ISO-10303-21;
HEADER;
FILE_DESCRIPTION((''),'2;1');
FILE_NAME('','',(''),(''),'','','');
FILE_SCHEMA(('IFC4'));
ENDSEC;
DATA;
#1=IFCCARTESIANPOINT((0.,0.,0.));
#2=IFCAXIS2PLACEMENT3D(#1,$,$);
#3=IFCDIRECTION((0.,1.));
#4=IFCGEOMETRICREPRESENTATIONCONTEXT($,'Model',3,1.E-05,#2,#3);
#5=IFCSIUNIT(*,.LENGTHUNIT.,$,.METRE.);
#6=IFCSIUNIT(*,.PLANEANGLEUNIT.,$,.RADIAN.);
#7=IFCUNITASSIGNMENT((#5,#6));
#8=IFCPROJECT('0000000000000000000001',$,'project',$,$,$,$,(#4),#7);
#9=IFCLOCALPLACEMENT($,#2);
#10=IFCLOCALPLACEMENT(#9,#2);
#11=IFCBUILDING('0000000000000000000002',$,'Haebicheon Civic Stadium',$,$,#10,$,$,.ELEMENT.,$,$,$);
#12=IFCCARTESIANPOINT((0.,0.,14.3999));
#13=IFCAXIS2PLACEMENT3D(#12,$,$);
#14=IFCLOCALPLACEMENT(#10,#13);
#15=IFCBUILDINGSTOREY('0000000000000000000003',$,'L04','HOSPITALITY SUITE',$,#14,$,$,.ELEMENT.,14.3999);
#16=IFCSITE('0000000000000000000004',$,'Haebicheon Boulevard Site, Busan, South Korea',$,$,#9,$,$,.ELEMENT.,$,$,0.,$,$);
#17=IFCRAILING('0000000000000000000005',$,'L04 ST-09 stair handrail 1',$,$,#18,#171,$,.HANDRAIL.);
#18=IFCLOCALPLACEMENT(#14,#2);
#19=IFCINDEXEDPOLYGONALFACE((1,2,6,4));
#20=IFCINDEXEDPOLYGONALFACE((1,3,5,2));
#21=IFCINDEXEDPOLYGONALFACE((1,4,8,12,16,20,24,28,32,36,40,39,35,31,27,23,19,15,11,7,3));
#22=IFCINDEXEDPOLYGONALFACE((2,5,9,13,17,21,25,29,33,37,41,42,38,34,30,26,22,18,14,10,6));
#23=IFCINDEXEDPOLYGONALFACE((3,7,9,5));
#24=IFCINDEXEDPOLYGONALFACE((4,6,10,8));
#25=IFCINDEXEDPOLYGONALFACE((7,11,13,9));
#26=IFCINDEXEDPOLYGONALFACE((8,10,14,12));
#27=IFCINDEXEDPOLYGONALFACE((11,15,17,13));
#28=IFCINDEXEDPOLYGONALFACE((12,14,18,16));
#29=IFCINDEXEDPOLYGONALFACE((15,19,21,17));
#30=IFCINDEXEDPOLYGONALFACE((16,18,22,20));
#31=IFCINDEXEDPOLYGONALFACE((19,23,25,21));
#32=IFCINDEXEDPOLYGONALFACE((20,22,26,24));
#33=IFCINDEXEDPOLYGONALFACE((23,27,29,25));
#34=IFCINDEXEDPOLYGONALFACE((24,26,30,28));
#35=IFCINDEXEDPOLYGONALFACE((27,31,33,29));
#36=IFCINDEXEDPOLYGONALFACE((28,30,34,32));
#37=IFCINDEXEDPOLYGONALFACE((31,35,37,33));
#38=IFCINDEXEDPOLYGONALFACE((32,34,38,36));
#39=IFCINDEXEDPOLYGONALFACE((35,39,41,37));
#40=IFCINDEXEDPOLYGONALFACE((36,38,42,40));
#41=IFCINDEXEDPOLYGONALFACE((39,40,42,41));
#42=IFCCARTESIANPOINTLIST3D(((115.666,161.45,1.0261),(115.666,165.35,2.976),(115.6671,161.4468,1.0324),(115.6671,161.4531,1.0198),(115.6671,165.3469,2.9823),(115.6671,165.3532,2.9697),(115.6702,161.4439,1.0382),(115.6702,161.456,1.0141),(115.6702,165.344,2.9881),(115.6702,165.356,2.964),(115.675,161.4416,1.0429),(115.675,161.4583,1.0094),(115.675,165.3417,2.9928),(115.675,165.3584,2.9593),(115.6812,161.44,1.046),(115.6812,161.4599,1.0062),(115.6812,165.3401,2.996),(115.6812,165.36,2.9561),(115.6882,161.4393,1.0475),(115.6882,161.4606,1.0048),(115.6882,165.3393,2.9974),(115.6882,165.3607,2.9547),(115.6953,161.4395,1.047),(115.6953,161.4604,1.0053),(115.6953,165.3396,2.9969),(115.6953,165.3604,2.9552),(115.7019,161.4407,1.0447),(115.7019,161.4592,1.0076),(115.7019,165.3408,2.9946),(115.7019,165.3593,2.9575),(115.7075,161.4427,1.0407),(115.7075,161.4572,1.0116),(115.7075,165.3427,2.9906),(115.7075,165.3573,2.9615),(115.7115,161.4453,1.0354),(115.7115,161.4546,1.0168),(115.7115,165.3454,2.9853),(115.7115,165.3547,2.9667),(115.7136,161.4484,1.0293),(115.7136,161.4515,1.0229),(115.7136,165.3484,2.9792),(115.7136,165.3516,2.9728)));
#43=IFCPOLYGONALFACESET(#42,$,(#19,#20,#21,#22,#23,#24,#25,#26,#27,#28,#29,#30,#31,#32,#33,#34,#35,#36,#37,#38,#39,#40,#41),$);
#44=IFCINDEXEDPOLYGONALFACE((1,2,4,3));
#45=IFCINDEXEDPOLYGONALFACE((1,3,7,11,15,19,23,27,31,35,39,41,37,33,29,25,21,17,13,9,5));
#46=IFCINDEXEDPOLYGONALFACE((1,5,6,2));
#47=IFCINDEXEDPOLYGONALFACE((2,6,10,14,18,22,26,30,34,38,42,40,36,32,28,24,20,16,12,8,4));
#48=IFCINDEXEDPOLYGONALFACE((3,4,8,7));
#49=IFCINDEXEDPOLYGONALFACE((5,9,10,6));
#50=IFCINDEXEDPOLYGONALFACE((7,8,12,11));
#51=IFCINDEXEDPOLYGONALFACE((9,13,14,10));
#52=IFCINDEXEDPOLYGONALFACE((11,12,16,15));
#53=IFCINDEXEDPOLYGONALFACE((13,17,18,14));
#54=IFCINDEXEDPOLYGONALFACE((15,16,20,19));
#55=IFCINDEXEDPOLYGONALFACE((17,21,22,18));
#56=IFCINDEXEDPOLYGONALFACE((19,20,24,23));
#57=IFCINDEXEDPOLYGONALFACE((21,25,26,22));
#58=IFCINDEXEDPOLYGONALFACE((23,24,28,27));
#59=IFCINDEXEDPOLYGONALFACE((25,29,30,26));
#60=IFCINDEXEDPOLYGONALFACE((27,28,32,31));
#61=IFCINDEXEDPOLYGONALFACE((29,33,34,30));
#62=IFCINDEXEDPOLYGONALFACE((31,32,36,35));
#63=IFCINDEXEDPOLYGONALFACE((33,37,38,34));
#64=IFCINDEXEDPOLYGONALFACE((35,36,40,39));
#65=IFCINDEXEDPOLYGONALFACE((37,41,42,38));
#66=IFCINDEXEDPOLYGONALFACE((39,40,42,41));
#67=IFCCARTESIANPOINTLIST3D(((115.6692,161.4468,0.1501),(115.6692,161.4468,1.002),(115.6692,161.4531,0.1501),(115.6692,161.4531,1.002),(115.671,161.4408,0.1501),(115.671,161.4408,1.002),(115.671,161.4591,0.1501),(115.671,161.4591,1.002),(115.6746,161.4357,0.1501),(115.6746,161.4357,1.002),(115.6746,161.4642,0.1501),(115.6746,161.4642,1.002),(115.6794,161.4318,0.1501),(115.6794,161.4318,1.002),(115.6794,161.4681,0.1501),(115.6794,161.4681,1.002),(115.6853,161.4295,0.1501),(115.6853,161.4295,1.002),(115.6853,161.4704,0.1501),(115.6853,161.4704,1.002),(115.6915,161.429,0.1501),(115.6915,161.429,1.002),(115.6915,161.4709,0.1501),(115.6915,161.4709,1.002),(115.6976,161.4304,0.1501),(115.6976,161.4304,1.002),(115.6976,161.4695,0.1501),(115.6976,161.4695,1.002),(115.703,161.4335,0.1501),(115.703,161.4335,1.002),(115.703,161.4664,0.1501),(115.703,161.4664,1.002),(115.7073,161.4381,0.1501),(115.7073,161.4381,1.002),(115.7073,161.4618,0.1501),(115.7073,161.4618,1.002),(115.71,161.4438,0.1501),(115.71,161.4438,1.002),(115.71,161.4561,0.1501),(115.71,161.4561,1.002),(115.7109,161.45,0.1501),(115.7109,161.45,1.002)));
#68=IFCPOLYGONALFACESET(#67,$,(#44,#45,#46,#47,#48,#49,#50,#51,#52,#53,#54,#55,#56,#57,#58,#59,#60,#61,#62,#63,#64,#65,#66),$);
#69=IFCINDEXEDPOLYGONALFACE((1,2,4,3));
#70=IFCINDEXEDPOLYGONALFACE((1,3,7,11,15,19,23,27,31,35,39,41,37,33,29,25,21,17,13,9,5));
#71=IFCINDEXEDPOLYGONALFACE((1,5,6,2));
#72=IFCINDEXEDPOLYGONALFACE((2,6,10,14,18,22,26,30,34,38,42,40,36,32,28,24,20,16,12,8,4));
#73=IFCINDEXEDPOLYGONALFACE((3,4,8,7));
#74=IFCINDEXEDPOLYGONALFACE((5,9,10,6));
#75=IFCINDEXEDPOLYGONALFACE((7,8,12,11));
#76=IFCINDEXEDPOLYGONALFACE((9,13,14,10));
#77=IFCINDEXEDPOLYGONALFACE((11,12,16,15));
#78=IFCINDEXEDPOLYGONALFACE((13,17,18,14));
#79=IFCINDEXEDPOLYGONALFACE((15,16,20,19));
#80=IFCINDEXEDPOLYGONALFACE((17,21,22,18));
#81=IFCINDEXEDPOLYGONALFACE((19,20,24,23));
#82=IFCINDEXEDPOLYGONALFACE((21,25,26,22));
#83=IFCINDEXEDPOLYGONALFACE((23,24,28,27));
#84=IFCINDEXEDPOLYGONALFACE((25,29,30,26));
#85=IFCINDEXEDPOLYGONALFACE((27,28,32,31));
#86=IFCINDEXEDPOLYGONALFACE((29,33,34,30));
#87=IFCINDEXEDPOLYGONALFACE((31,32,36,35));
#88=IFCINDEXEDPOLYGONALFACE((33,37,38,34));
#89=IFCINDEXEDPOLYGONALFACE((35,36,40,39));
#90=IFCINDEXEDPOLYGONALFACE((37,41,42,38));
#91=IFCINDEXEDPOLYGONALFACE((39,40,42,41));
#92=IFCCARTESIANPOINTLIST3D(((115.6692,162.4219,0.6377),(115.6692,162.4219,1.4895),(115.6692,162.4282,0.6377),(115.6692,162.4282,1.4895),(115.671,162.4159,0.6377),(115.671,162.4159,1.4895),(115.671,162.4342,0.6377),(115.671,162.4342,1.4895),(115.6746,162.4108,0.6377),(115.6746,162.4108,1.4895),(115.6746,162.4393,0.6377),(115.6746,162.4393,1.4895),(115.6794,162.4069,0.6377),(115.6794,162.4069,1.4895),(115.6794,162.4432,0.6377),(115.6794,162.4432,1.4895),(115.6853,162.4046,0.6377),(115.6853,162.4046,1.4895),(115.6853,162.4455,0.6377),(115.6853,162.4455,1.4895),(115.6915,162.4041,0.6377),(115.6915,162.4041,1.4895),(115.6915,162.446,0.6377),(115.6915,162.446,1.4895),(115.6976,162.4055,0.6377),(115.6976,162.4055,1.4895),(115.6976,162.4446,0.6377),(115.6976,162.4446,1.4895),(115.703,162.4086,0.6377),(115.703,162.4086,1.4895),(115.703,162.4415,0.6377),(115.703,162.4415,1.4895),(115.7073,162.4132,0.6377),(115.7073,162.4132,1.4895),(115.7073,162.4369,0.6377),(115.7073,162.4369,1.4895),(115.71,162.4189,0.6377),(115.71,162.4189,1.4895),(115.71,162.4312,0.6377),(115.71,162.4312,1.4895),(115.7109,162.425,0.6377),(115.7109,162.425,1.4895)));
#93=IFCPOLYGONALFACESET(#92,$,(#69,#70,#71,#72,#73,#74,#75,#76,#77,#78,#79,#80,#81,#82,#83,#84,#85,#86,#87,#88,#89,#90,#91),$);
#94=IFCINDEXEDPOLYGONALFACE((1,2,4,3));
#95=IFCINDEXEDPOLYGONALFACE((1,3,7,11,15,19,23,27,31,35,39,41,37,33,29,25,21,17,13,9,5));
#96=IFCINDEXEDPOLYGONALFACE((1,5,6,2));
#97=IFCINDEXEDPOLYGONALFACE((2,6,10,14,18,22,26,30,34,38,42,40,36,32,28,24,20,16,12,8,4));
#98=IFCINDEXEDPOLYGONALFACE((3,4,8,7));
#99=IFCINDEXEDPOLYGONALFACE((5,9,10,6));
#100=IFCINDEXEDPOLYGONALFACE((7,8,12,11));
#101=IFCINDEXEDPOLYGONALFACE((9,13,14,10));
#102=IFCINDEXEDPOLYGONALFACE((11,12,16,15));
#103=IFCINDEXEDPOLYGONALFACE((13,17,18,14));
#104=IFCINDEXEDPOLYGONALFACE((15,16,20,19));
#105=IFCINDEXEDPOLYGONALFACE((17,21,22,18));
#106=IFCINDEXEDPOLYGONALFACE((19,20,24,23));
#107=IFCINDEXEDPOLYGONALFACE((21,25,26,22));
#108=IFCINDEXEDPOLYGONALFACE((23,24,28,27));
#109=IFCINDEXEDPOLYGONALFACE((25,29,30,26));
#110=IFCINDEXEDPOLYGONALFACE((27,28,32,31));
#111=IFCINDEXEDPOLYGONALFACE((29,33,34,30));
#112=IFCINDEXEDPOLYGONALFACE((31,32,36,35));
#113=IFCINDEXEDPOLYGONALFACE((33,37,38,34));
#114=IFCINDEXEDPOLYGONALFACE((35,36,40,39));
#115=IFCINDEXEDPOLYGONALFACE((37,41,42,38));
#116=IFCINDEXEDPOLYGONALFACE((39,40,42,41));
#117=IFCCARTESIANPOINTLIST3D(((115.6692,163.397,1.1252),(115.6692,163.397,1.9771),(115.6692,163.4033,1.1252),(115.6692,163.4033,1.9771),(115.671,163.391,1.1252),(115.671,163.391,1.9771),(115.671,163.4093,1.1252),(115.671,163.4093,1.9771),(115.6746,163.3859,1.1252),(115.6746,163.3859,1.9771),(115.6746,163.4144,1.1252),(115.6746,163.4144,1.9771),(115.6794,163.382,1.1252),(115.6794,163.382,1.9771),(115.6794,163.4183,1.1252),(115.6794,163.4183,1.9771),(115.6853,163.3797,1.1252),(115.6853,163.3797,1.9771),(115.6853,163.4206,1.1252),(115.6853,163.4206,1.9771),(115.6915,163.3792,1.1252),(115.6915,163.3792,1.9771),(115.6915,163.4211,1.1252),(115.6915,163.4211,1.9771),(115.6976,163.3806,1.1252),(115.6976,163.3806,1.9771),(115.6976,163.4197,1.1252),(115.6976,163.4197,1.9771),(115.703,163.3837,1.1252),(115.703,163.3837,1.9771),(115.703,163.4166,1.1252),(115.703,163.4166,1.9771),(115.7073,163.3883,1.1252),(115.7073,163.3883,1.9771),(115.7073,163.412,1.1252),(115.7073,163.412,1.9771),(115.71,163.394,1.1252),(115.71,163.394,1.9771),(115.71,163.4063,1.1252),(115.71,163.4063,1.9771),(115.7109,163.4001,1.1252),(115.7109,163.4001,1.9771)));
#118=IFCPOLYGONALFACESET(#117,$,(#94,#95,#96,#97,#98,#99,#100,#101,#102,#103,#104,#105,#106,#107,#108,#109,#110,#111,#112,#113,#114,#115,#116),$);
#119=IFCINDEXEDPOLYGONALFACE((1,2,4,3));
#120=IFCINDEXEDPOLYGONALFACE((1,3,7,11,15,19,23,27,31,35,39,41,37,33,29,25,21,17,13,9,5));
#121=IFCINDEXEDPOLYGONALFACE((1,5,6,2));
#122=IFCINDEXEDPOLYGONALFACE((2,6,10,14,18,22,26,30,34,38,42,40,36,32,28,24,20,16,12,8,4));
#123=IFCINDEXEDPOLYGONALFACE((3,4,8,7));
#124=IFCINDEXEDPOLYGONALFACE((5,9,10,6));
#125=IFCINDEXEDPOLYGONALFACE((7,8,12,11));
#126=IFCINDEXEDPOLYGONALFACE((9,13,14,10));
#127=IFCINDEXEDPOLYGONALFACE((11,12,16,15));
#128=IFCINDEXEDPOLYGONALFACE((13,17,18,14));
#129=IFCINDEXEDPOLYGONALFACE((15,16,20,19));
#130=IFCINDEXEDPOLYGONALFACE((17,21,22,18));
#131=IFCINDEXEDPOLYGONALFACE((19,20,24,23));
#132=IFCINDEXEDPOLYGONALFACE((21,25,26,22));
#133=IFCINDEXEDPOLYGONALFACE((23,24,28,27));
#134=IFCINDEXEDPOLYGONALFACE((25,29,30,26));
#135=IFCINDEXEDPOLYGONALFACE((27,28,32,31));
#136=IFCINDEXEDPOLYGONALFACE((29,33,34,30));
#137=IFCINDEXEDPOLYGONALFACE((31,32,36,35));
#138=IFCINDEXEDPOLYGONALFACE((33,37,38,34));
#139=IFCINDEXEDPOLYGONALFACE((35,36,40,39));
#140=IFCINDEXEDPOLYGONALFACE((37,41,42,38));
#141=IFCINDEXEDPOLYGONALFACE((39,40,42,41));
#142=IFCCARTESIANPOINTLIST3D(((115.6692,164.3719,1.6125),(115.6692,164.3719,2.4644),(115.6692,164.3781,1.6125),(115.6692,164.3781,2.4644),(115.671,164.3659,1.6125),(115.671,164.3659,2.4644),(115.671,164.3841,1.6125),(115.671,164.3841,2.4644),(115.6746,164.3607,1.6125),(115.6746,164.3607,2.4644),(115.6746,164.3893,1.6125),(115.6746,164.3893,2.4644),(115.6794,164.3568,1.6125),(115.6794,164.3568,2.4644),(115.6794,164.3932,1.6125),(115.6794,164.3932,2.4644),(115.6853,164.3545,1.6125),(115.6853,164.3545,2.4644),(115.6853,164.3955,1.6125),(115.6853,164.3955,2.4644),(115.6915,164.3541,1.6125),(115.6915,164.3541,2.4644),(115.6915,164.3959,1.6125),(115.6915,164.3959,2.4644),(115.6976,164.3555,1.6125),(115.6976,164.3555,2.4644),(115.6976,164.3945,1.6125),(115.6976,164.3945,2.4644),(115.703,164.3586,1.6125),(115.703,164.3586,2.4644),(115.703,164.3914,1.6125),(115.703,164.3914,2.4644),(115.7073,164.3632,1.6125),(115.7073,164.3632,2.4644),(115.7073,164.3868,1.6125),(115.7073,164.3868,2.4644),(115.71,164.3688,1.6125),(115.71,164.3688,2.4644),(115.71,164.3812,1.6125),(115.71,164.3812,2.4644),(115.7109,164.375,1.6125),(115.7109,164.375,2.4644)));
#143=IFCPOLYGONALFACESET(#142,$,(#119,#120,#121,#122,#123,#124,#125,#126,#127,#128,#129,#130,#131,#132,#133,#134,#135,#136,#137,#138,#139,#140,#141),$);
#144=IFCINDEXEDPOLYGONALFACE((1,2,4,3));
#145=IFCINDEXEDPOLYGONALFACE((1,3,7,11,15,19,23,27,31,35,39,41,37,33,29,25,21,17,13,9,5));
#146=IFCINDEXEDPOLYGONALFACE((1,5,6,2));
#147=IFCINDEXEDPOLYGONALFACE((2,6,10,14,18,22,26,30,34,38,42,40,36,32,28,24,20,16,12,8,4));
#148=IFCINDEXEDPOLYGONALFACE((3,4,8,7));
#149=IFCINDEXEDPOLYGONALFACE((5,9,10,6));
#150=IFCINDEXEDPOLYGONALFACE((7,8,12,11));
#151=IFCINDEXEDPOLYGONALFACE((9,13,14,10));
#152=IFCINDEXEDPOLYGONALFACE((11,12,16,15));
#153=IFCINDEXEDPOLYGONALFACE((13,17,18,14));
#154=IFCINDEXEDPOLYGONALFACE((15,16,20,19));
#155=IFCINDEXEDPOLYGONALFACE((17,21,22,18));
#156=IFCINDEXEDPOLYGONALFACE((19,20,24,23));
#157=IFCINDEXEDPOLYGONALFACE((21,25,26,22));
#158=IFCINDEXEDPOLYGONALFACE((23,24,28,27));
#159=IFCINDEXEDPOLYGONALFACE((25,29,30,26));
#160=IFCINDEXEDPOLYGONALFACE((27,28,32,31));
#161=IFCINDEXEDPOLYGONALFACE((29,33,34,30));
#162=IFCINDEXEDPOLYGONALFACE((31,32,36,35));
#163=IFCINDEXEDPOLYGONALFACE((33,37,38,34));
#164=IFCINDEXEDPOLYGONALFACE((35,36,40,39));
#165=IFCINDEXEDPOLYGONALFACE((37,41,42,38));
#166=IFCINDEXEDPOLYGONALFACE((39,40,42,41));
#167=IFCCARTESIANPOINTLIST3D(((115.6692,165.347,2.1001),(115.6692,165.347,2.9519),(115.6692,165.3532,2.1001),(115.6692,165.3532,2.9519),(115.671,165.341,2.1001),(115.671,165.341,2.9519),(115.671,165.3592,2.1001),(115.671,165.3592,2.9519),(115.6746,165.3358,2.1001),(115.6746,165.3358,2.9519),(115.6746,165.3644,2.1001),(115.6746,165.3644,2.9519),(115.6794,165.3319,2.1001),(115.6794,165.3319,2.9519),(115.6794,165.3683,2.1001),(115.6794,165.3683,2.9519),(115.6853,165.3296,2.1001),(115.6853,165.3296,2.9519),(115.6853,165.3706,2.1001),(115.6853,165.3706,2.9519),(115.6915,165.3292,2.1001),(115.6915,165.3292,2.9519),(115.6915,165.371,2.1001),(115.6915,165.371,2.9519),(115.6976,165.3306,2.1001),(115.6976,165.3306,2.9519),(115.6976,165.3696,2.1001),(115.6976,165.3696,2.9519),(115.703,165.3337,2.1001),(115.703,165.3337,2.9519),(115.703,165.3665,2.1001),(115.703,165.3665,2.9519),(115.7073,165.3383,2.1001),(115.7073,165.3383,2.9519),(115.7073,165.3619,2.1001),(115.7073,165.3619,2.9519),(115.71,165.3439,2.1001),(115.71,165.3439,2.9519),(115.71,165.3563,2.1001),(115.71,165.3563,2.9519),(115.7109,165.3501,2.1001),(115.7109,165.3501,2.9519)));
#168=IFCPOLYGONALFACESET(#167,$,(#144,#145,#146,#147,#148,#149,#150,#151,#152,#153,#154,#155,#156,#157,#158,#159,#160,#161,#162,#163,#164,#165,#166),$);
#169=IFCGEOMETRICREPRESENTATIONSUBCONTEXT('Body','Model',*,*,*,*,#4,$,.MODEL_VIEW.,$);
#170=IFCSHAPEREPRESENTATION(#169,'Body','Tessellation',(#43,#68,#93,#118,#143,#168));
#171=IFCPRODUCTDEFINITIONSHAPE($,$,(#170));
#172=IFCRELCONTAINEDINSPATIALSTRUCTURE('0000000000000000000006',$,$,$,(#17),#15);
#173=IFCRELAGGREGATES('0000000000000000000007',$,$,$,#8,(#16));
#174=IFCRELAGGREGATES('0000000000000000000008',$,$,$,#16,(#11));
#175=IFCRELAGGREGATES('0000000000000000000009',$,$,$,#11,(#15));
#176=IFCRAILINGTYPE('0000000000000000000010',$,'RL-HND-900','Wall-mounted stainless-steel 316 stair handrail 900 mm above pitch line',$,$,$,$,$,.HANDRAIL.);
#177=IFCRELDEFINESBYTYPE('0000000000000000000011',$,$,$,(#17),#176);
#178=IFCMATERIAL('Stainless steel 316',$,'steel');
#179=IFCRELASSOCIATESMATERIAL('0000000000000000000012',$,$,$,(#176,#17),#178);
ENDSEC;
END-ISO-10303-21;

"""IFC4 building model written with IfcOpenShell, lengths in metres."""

from ifc_helpers import new_model, si_unit, direction, frame, origin, origin_2d, place, context, subcontext, project, spatial, circle, extrude, material, type_object, element, save


model = new_model("IFC4")

# Units and contexts
model_context = context("Model", 3, precision=1e-05, world=origin(), true_north=direction((0.0, 1.0)))
body_context = subcontext(model_context, "Body", "Model", "MODEL_VIEW")
ifc_project = project(units=[si_unit("LENGTHUNIT", "METRE"), si_unit("PLANEANGLEUNIT", "RADIAN")], contexts=[model_context])

# Site, building, storey
site_placement = place(None, origin())
site = spatial("IfcSite", under=ifc_project, at=site_placement, Name="Haebicheon Boulevard Site, Busan, South Korea", CompositionType="ELEMENT", RefElevation=0.0)
building_placement = place(site_placement, origin())
building = spatial("IfcBuilding", under=site, at=building_placement, Name="Haebicheon Civic Stadium", CompositionType="ELEMENT")
storey_placement = place(building_placement, frame((0.0, 0.0, 14.3999)))
storey = spatial("IfcBuildingStorey", under=building, at=storey_placement, Name="L04", Description="HOSPITALITY SUITE", CompositionType="ELEMENT", Elevation=14.3999)

# Railing
ifc_material_1 = material(Name="Stainless steel 316", Category="steel")
railing_type_1 = type_object("IfcRailingType", Name="RL-HND-900", Description="Wall-mounted stainless-steel 316 stair handrail 900 mm above pitch line", PredefinedType="HANDRAIL", material=ifc_material_1)
railing_1_placement = place(storey_placement, frame((115.6899, 161.45, 0.1501)))
element("IfcRailing", 1, at=railing_1_placement, inside=storey, type_object=railing_type_1, material=ifc_material_1, Name="L04 ST-09 stair handrail 1", PredefinedType="HANDRAIL", context=body_context, shape_type="SweptSolid", body=[
    extrude(circle(Radius=0.0239, at=origin_2d()), frame((0.0, 0.0, 0.876), z_axis=(0.0, 0.894438, 0.447191), x_axis=(-1.0, 0.0, 0.0)), (0.0, 0.0, 1.0), 4.3604),
    extrude(circle(Radius=0.021, at=origin_2d()), origin(), (0.0, 0.0, 1.0), 0.8518),
    extrude(circle(Radius=0.021, at=origin_2d()), frame((0.0, 0.9751, 0.4875)), (0.0, 0.0, 1.0), 0.8518),
    extrude(circle(Radius=0.021, at=origin_2d()), frame((0.0, 1.9502, 0.9751)), (0.0, 0.0, 1.0), 0.8518),
    extrude(circle(Radius=0.021, at=origin_2d()), frame((0.0, 2.925, 1.4624)), (0.0, 0.0, 1.0), 0.8518),
    extrude(circle(Radius=0.021, at=origin_2d()), frame((0.0, 3.9001, 1.95)), (0.0, 0.0, 1.0), 0.8518),
])

save(model, "model.ifc")
